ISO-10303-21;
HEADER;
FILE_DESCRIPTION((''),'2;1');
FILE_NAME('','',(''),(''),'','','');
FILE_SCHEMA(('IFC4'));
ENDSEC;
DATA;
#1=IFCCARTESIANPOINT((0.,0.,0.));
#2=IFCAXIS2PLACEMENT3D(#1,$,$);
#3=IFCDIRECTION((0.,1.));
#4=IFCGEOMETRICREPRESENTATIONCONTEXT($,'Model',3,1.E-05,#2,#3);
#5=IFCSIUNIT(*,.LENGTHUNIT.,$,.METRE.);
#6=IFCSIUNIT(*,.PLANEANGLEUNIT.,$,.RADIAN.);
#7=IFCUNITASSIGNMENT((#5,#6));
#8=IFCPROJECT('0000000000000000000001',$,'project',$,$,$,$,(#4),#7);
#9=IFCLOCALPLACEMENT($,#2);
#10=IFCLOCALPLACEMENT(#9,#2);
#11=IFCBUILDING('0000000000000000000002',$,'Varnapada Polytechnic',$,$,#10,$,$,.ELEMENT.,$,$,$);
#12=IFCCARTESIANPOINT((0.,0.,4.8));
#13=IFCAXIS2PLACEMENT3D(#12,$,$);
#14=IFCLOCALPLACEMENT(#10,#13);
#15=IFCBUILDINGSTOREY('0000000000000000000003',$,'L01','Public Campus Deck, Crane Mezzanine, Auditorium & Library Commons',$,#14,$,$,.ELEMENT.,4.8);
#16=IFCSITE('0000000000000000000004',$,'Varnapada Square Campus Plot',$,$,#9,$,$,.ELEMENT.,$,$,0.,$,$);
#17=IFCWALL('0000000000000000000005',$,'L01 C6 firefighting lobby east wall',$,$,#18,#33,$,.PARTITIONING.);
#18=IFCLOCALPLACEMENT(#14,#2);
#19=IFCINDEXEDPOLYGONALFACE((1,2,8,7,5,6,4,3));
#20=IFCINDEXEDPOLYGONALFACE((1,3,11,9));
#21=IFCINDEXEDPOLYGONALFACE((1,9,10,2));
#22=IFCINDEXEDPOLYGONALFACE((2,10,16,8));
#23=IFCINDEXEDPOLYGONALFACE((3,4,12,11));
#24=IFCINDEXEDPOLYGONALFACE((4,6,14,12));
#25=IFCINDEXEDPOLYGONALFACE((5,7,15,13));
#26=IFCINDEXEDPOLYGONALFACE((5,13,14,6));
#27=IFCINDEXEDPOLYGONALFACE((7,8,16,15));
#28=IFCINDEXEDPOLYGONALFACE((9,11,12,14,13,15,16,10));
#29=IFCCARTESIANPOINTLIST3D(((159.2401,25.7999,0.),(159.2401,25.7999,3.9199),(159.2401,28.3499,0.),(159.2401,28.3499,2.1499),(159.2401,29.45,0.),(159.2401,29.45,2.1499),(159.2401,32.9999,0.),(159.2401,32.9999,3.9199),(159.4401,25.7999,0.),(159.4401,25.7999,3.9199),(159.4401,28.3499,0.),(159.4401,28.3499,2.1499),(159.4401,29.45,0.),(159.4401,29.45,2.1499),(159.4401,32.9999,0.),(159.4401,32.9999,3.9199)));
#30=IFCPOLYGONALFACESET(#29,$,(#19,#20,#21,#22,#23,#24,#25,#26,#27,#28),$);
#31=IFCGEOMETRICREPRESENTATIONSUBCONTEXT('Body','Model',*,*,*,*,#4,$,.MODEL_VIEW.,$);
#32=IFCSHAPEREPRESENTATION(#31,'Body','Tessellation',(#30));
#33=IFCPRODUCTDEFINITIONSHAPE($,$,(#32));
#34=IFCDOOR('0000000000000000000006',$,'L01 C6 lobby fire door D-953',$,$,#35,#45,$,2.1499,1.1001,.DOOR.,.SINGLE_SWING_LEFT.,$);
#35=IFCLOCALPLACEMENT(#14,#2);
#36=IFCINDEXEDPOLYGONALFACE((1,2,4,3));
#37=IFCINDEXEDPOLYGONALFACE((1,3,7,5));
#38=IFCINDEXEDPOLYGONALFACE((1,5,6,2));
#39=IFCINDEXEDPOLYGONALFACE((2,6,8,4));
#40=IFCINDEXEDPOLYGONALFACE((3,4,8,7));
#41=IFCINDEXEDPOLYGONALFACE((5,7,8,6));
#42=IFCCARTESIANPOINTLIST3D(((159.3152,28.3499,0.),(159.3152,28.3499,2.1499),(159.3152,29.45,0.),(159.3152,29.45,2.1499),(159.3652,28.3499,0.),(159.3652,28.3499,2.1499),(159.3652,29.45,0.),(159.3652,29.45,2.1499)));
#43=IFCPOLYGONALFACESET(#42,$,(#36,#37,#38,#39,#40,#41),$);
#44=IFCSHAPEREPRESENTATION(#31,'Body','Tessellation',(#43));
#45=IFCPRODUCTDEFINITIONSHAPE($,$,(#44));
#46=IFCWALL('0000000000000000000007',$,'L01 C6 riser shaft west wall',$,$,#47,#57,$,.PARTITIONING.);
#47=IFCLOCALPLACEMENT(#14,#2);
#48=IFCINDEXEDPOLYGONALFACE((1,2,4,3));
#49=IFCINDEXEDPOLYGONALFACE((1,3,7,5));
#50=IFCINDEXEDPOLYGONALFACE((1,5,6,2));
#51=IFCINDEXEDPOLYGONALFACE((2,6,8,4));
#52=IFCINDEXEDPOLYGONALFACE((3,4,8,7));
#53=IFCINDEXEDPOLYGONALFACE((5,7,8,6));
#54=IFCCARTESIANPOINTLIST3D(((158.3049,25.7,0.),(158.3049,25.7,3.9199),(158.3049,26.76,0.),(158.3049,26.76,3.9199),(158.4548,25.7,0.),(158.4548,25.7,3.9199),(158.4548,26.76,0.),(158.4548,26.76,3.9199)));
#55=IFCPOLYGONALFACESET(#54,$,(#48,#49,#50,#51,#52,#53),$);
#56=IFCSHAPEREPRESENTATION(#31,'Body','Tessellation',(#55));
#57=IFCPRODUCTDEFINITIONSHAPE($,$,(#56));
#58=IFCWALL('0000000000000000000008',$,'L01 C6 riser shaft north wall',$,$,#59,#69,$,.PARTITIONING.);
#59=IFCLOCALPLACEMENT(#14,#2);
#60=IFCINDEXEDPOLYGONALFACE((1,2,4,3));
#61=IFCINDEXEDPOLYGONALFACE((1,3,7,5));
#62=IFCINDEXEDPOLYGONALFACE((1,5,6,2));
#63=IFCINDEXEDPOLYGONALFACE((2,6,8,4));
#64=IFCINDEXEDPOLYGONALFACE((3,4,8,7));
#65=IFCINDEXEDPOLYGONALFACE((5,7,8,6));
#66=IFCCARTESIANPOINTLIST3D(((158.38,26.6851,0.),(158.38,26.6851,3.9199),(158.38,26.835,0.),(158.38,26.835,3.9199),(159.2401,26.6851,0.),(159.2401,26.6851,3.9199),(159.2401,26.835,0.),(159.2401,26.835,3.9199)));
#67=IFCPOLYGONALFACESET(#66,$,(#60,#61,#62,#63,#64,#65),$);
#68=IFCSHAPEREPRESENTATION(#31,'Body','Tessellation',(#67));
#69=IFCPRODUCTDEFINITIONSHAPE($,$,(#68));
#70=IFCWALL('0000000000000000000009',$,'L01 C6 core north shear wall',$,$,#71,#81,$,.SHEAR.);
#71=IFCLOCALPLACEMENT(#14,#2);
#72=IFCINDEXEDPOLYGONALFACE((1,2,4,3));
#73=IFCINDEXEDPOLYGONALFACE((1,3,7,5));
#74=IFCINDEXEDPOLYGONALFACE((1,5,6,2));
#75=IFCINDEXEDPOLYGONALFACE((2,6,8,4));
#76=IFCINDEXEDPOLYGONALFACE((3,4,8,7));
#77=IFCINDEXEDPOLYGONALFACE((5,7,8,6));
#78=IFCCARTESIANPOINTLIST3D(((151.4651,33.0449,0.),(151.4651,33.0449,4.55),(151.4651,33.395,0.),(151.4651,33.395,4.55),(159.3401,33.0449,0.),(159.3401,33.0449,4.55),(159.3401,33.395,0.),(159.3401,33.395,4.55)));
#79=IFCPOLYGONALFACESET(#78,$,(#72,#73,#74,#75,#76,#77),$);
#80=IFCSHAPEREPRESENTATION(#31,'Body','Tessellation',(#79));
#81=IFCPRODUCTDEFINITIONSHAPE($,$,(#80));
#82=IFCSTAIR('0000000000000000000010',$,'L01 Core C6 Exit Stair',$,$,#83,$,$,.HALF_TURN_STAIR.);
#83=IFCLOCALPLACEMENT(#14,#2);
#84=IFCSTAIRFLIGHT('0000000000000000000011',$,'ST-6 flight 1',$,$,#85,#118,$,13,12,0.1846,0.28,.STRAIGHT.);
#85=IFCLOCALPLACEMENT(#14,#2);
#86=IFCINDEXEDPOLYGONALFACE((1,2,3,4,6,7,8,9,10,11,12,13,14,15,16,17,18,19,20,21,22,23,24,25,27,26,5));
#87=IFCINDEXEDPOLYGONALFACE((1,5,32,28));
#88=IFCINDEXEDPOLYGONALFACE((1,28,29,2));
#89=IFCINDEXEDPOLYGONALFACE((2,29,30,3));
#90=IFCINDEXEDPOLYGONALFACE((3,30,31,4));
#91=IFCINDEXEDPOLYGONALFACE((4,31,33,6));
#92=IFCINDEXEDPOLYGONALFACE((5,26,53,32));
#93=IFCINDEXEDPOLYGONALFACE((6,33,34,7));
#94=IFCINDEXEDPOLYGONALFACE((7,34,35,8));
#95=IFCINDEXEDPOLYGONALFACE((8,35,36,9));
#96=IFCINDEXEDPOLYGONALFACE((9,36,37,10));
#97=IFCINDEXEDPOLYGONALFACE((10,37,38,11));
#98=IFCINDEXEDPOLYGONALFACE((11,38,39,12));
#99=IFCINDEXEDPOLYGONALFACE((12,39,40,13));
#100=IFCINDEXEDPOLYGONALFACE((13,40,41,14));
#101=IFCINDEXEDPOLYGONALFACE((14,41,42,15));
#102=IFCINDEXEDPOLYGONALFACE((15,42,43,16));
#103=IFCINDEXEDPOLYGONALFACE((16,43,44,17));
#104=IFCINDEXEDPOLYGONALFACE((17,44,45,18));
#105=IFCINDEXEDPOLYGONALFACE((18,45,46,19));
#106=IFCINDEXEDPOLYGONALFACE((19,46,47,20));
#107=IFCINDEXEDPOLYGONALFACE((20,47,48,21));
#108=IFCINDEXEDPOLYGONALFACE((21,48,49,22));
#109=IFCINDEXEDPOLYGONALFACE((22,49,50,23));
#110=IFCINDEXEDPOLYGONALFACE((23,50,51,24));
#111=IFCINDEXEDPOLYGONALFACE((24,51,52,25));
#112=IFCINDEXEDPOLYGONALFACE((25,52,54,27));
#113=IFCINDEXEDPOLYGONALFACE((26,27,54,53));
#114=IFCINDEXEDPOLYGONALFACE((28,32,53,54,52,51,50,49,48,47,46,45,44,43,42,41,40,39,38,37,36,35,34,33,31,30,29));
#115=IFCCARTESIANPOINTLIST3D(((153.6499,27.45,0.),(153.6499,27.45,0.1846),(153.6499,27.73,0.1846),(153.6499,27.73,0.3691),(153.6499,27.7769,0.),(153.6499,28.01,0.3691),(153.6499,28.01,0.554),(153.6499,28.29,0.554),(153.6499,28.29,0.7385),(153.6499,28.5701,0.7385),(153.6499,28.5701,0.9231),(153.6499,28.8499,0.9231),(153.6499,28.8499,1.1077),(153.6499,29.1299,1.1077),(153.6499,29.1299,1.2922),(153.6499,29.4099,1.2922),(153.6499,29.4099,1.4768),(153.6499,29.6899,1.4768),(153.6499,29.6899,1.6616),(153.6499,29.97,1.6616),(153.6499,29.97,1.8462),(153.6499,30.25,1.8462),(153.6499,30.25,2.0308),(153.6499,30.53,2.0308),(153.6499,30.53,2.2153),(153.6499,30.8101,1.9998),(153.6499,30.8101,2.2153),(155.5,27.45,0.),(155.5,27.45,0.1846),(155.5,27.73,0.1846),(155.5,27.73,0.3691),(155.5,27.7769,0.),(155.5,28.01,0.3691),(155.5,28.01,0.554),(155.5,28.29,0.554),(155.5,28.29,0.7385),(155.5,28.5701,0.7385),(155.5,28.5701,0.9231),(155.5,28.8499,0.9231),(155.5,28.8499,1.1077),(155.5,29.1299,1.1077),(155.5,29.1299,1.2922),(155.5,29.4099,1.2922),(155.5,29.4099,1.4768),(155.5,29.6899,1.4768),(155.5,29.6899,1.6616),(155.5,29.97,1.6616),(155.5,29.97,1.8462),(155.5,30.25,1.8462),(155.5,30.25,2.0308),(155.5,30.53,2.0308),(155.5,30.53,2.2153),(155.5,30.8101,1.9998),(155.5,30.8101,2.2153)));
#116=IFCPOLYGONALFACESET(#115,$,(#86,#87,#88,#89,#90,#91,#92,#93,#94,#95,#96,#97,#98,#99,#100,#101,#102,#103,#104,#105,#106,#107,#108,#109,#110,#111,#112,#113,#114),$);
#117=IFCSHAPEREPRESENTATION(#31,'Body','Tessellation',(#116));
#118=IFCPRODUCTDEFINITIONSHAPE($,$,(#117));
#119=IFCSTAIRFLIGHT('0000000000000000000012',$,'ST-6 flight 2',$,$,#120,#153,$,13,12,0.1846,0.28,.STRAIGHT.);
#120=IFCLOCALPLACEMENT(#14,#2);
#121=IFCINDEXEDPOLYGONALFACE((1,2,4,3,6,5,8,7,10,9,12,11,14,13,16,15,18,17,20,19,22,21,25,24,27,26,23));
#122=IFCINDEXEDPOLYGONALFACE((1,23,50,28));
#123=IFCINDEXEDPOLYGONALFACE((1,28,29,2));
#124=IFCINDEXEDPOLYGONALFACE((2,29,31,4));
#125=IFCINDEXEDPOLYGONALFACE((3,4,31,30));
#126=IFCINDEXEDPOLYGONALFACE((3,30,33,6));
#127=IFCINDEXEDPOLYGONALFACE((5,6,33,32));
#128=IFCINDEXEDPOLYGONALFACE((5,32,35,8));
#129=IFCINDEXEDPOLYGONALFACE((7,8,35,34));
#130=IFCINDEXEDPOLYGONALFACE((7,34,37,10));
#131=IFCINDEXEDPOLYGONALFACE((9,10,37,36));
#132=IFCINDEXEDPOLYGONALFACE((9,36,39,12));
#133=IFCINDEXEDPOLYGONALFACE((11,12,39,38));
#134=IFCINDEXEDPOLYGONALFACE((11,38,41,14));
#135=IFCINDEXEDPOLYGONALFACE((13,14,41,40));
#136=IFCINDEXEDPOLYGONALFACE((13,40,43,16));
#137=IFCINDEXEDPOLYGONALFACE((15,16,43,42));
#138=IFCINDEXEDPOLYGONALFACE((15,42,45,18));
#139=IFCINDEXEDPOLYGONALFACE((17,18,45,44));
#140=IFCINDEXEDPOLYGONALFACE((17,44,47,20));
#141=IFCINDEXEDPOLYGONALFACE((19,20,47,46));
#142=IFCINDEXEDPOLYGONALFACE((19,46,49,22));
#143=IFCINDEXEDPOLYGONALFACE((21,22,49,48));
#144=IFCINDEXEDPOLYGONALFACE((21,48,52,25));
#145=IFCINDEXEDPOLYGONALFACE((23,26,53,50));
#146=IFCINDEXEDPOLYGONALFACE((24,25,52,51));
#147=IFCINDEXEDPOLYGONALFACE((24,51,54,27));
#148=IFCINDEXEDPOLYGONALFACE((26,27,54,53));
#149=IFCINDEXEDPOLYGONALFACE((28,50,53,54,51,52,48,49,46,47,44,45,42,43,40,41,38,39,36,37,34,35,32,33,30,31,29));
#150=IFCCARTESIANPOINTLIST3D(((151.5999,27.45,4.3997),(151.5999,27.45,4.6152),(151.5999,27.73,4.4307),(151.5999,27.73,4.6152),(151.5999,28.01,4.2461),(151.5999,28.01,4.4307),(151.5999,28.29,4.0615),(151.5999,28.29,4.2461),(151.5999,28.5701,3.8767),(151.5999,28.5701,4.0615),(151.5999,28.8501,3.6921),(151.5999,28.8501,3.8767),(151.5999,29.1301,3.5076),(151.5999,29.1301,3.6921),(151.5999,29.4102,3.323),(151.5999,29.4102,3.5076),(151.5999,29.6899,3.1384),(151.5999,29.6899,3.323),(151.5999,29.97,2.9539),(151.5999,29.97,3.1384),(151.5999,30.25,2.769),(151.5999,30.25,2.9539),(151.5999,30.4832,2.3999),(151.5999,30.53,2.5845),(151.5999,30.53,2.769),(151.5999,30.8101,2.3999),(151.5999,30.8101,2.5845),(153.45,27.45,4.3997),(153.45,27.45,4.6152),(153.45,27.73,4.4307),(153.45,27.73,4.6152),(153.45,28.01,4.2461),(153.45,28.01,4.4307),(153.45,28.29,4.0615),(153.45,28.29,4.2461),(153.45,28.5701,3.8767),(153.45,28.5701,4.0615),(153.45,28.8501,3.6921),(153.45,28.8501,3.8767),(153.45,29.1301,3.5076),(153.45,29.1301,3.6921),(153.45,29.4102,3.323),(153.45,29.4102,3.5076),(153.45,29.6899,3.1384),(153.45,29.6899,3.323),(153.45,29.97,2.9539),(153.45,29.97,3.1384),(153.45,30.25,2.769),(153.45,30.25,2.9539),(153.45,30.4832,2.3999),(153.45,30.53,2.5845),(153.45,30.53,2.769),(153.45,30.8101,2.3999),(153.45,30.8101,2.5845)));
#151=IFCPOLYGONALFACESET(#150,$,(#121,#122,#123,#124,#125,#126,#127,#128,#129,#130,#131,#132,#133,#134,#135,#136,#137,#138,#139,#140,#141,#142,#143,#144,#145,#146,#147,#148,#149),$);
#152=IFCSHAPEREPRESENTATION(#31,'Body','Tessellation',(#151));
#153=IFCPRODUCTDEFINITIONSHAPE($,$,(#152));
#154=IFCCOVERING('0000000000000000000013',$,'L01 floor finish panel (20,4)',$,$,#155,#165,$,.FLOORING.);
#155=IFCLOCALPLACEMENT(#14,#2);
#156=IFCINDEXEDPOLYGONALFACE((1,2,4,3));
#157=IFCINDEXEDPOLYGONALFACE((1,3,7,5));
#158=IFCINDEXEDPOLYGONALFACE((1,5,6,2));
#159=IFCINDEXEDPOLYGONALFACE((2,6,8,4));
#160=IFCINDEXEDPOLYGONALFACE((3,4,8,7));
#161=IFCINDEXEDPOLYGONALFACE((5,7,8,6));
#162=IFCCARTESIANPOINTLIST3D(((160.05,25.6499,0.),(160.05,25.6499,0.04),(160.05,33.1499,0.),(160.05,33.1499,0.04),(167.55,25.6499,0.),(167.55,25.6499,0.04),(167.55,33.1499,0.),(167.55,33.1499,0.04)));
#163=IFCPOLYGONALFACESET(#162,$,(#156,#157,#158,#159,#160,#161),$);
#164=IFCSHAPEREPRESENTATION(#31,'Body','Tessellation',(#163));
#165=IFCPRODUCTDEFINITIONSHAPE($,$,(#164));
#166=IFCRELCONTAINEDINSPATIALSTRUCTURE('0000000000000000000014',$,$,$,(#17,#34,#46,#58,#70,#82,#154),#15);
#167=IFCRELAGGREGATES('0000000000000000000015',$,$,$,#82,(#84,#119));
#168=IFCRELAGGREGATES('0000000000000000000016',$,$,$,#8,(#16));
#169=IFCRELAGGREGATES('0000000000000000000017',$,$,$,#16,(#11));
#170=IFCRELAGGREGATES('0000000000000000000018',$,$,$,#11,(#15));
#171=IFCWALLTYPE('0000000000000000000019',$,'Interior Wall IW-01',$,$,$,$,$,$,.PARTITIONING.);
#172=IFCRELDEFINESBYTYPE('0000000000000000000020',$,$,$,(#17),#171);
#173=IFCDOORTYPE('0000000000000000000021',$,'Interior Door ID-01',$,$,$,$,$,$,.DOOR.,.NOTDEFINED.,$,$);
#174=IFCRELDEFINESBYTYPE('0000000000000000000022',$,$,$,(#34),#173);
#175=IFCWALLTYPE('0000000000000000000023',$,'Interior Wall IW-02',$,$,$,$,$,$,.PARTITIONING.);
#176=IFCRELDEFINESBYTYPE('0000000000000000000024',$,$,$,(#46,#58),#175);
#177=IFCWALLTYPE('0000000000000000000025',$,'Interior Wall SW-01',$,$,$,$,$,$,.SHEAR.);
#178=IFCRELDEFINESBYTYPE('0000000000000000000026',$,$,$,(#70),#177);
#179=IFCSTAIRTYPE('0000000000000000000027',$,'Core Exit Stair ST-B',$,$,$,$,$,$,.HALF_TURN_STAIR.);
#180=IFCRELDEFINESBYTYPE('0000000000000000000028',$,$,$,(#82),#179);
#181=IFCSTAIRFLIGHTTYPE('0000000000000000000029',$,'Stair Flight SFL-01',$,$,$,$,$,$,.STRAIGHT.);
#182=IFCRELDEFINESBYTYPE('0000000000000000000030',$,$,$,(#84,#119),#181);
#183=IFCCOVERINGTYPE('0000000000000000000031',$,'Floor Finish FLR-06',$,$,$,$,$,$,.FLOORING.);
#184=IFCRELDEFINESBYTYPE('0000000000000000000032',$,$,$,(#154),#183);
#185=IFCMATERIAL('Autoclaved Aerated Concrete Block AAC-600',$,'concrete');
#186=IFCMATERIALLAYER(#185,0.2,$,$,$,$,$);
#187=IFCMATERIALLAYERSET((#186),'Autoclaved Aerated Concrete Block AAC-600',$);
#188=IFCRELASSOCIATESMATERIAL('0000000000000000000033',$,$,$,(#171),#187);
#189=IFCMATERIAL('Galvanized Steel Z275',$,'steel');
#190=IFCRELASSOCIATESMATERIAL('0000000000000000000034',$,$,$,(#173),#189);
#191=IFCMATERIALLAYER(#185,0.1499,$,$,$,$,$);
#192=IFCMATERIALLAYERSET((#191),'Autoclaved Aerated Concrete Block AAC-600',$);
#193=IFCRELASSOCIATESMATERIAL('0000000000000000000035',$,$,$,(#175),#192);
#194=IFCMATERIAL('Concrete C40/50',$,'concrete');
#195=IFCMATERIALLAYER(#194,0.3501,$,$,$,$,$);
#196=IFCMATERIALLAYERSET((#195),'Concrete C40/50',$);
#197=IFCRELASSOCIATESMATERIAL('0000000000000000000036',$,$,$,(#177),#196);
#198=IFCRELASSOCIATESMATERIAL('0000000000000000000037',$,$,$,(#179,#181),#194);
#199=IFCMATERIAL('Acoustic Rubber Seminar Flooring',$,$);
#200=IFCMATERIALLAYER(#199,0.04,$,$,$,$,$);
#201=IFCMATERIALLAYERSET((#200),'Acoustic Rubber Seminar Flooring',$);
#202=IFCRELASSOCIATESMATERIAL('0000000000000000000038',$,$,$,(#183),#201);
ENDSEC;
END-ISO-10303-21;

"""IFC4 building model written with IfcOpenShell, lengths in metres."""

from ifc_helpers import new_model, si_unit, direction, frame, frame_2d, origin, origin_2d, place, context, subcontext, project, spatial, polyline, rectangle, outline, extrude, material, layer, layer_set, type_object, element, fill, aggregate, save


model = new_model("IFC4")

# Units and contexts
model_context = context("Model", 3, precision=1e-05, world=origin(), true_north=direction((0.0, 1.0)))
body_context = subcontext(model_context, "Body", "Model", "MODEL_VIEW")
ifc_project = project(units=[si_unit("LENGTHUNIT", "METRE"), si_unit("PLANEANGLEUNIT", "RADIAN")], contexts=[model_context])

# Site, building, storey
site_placement = place(None, origin())
site = spatial("IfcSite", under=ifc_project, at=site_placement, Name="Varnapada Square Campus Plot", CompositionType="ELEMENT", RefElevation=0.0)
building_placement = place(site_placement, origin())
building = spatial("IfcBuilding", under=site, at=building_placement, Name="Varnapada Polytechnic", CompositionType="ELEMENT")
storey_placement = place(building_placement, frame((0.0, 0.0, 4.8)))
storey = spatial("IfcBuildingStorey", under=building, at=storey_placement, Name="L01", Description="Public Campus Deck, Crane Mezzanine, Auditorium & Library Commons", CompositionType="ELEMENT", Elevation=4.8)

# Shared definitions
ifc_material_1 = material(Name="Concrete C40/50", Category="concrete")

# Wall, opening, door
ifc_material_2 = material(Name="Autoclaved Aerated Concrete Block AAC-600", Category="concrete")
ifc_layer_1 = layer(ifc_material_2, 0.2)
ifc_layer_set_1 = layer_set([ifc_layer_1], Name="Autoclaved Aerated Concrete Block AAC-600")
wall_type_1 = type_object("IfcWallType", Name="Interior Wall IW-01", PredefinedType="PARTITIONING", material=ifc_layer_set_1)
wall_1_placement = place(storey_placement, frame((159.3401, 33.0, 0.0), z_axis=(0.0, 0.0, 1.0), x_axis=(0.0, -1.0, 0.0)))
wall_1 = element("IfcWall", 1, at=wall_1_placement, inside=storey, type_object=wall_type_1, Name="L01 C6 firefighting lobby east wall", PredefinedType="PARTITIONING", context=body_context, shape_type="SweptSolid", body=[
    extrude(rectangle(XDim=7.2, YDim=0.2, at=frame_2d((3.6001, 0.0))), origin(), (0.0, 0.0, 1.0), 3.9199),
])
opening_1_placement = place(wall_1_placement, frame((3.55, 0.0, 0.0)))
opening_1 = element("IfcOpeningElement", 2, at=opening_1_placement, cuts=wall_1, PredefinedType="OPENING", context=body_context, shape_type="SweptSolid", body=[
    extrude(rectangle(XDim=1.1001, YDim=2.1499, at=frame_2d((0.55, 1.075))), frame((0.0, 0.1099, 0.0), z_axis=(0.0, -1.0, 0.0), x_axis=(1.0, 0.0, 0.0)), (0.0, 0.0, 1.0), 0.22),
])
ifc_material_3 = material(Name="Galvanized Steel Z275", Category="steel")
door_type_1 = type_object("IfcDoorType", Name="Interior Door ID-01", OperationType="NOTDEFINED", PredefinedType="DOOR", material=ifc_material_3)
door_1_placement = place(opening_1_placement, frame((1.1001, 0.0, 0.0), z_axis=(0.0, 0.0, 1.0), x_axis=(-1.0, 0.0, 0.0)))
door_1 = element("IfcDoor", 3, at=door_1_placement, inside=storey, type_object=door_type_1, Name="L01 C6 lobby fire door D-953", OperationType="SINGLE_SWING_LEFT", OverallHeight=2.1499, OverallWidth=1.1001, PredefinedType="DOOR", context=body_context, shape_type="SweptSolid", body=[
    extrude(rectangle(XDim=1.1001, YDim=2.1499, at=frame_2d((0.55, 1.075))), frame((0.0, 0.0249, 0.0), z_axis=(0.0, -1.0, 0.0), x_axis=(1.0, 0.0, 0.0)), (0.0, 0.0, 1.0), 0.05),
])
fill(opening_1, door_1)

# Walls
ifc_layer_2 = layer(ifc_material_2, 0.1499)
ifc_layer_set_2 = layer_set([ifc_layer_2], Name="Autoclaved Aerated Concrete Block AAC-600")
wall_type_2 = type_object("IfcWallType", Name="Interior Wall IW-02", PredefinedType="PARTITIONING", material=ifc_layer_set_2)
wall_2_placement = place(storey_placement, frame((158.3799, 26.76, 0.0), z_axis=(0.0, 0.0, 1.0), x_axis=(0.0, -1.0, 0.0)))
element("IfcWall", 4, at=wall_2_placement, inside=storey, type_object=wall_type_2, Name="L01 C6 riser shaft west wall", PredefinedType="PARTITIONING", context=body_context, shape_type="SweptSolid", body=[
    extrude(rectangle(XDim=1.0601, YDim=0.1499, at=frame_2d((0.53, 0.0))), origin(), (0.0, 0.0, 1.0), 3.9199),
])
wall_3_placement = place(storey_placement, frame((158.3799, 26.76, 0.0), z_axis=(0.0, 0.0, 1.0), x_axis=(1.0, 0.0, 0.0)))
element("IfcWall", 5, at=wall_3_placement, inside=storey, type_object=wall_type_2, Name="L01 C6 riser shaft north wall", PredefinedType="PARTITIONING", context=body_context, shape_type="SweptSolid", body=[
    extrude(rectangle(XDim=0.8601, YDim=0.1499, at=frame_2d((0.4302, 0.0))), origin(), (0.0, 0.0, 1.0), 3.9199),
])
ifc_layer_3 = layer(ifc_material_1, 0.3501)
ifc_layer_set_3 = layer_set([ifc_layer_3], Name="Concrete C40/50")
wall_type_3 = type_object("IfcWallType", Name="Interior Wall SW-01", PredefinedType="SHEAR", material=ifc_layer_set_3)
wall_4_placement = place(storey_placement, frame((151.4651, 33.22, 0.0), z_axis=(0.0, 0.0, 1.0), x_axis=(1.0, 0.0, 0.0)))
element("IfcWall", 6, at=wall_4_placement, inside=storey, type_object=wall_type_3, Name="L01 C6 core north shear wall", PredefinedType="SHEAR", context=body_context, shape_type="SweptSolid", body=[
    extrude(rectangle(XDim=7.875, YDim=0.3501, at=frame_2d((3.9375, 0.0))), origin(), (0.0, 0.0, 1.0), 4.55),
])

# Stair, stair flights
stair_type = type_object("IfcStairType", Name="Core Exit Stair ST-B", PredefinedType="HALF_TURN_STAIR", material=ifc_material_1)
stair_placement = place(storey_placement, origin())
stair = element("IfcStair", 7, at=stair_placement, inside=storey, type_object=stair_type, Name="L01 Core C6 Exit Stair", PredefinedType="HALF_TURN_STAIR")
stair_flight_type = type_object("IfcStairFlightType", Name="Stair Flight SFL-01", PredefinedType="STRAIGHT", material=ifc_material_1)
stair_flight_1_placement = place(storey_placement, frame((154.575, 27.45, 0.0), z_axis=(0.0, 0.0, 1.0), x_axis=(0.0, 1.0, 0.0)))
stair_flight_1 = element("IfcStairFlight", 8, at=stair_flight_1_placement, type_object=stair_flight_type, Name="ST-6 flight 1", NumberOfRisers=13, NumberOfTreads=12, PredefinedType="STRAIGHT", RiserHeight=0.1846, TreadLength=0.28, context=body_context, shape_type="SweptSolid", body=[
    extrude(outline(polyline([(0.0, 0.0), (0.0, 0.1846), (0.28, 0.1846), (0.28, 0.3691), (0.5601, 0.3691), (0.5601, 0.554), (0.8401, 0.554), (0.8401, 0.7385), (1.1201, 0.7385), (1.1201, 0.9231), (1.3999, 0.9231), (1.3999, 1.1077), (1.6799, 1.1077), (1.6799, 1.2922), (1.96, 1.2922), (1.96, 1.4768), (2.24, 1.4768), (2.24, 1.6616), (2.52, 1.6616), (2.52, 1.8462), (2.8, 1.8462), (2.8, 2.0308), (3.0801, 2.0308), (3.0801, 2.2153), (3.3601, 2.2153), (3.3601, 2.3999), (3.3601, 1.9998), (0.3269, 0.0), (0.0, 0.0)])), frame((0.0, 0.925, 0.0), z_axis=(0.0, -1.0, 0.0), x_axis=(1.0, 0.0, 0.0)), (0.0, 0.0, 1.0), 1.8501),
])
stair_flight_2_placement = place(storey_placement, frame((152.5249, 30.8101, 2.3999), z_axis=(0.0, 0.0, 1.0), x_axis=(0.0, -1.0, 0.0)))
stair_flight_2 = element("IfcStairFlight", 9, at=stair_flight_2_placement, type_object=stair_flight_type, Name="ST-6 flight 2", NumberOfRisers=13, NumberOfTreads=12, PredefinedType="STRAIGHT", RiserHeight=0.1846, TreadLength=0.28, context=body_context, shape_type="SweptSolid", body=[
    extrude(outline(polyline([(0.0, 0.0), (0.0, 0.1846), (0.28, 0.1846), (0.28, 0.3691), (0.5601, 0.3691), (0.5601, 0.554), (0.8401, 0.554), (0.8401, 0.7385), (1.1201, 0.7385), (1.1201, 0.9231), (1.3999, 0.9231), (1.3999, 1.1077), (1.6799, 1.1077), (1.6799, 1.2922), (1.96, 1.2922), (1.96, 1.4768), (2.24, 1.4768), (2.24, 1.6616), (2.52, 1.6616), (2.52, 1.8462), (2.8, 1.8462), (2.8, 2.0308), (3.0801, 2.0308), (3.0801, 2.2153), (3.3601, 2.2153), (3.3601, 2.3999), (3.3601, 1.9998), (0.3269, 0.0), (0.0, 0.0)])), frame((0.0, 0.925, 0.0), z_axis=(0.0, -1.0, 0.0), x_axis=(1.0, 0.0, 0.0)), (0.0, 0.0, 1.0), 1.8501),
])
aggregate(stair, [stair_flight_1, stair_flight_2])

# Covering
ifc_material_4 = material(Name="Acoustic Rubber Seminar Flooring")
ifc_layer_4 = layer(ifc_material_4, 0.04)
ifc_layer_set_4 = layer_set([ifc_layer_4], Name="Acoustic Rubber Seminar Flooring")
covering_type = type_object("IfcCoveringType", Name="Floor Finish FLR-06", PredefinedType="FLOORING", material=ifc_layer_set_4)
covering_placement = place(storey_placement, frame((163.8, 29.3999, 0.0), z_axis=(0.0, 0.0, 1.0), x_axis=(1.0, 0.0, 0.0)))
element("IfcCovering", 10, at=covering_placement, inside=storey, type_object=covering_type, Name="L01 floor finish panel (20,4)", PredefinedType="FLOORING", context=body_context, shape_type="SweptSolid", body=[
    extrude(rectangle(XDim=7.5, YDim=7.5, at=origin_2d()), origin(), (0.0, 0.0, 1.0), 0.04),
])

save(model, "model.ifc")
